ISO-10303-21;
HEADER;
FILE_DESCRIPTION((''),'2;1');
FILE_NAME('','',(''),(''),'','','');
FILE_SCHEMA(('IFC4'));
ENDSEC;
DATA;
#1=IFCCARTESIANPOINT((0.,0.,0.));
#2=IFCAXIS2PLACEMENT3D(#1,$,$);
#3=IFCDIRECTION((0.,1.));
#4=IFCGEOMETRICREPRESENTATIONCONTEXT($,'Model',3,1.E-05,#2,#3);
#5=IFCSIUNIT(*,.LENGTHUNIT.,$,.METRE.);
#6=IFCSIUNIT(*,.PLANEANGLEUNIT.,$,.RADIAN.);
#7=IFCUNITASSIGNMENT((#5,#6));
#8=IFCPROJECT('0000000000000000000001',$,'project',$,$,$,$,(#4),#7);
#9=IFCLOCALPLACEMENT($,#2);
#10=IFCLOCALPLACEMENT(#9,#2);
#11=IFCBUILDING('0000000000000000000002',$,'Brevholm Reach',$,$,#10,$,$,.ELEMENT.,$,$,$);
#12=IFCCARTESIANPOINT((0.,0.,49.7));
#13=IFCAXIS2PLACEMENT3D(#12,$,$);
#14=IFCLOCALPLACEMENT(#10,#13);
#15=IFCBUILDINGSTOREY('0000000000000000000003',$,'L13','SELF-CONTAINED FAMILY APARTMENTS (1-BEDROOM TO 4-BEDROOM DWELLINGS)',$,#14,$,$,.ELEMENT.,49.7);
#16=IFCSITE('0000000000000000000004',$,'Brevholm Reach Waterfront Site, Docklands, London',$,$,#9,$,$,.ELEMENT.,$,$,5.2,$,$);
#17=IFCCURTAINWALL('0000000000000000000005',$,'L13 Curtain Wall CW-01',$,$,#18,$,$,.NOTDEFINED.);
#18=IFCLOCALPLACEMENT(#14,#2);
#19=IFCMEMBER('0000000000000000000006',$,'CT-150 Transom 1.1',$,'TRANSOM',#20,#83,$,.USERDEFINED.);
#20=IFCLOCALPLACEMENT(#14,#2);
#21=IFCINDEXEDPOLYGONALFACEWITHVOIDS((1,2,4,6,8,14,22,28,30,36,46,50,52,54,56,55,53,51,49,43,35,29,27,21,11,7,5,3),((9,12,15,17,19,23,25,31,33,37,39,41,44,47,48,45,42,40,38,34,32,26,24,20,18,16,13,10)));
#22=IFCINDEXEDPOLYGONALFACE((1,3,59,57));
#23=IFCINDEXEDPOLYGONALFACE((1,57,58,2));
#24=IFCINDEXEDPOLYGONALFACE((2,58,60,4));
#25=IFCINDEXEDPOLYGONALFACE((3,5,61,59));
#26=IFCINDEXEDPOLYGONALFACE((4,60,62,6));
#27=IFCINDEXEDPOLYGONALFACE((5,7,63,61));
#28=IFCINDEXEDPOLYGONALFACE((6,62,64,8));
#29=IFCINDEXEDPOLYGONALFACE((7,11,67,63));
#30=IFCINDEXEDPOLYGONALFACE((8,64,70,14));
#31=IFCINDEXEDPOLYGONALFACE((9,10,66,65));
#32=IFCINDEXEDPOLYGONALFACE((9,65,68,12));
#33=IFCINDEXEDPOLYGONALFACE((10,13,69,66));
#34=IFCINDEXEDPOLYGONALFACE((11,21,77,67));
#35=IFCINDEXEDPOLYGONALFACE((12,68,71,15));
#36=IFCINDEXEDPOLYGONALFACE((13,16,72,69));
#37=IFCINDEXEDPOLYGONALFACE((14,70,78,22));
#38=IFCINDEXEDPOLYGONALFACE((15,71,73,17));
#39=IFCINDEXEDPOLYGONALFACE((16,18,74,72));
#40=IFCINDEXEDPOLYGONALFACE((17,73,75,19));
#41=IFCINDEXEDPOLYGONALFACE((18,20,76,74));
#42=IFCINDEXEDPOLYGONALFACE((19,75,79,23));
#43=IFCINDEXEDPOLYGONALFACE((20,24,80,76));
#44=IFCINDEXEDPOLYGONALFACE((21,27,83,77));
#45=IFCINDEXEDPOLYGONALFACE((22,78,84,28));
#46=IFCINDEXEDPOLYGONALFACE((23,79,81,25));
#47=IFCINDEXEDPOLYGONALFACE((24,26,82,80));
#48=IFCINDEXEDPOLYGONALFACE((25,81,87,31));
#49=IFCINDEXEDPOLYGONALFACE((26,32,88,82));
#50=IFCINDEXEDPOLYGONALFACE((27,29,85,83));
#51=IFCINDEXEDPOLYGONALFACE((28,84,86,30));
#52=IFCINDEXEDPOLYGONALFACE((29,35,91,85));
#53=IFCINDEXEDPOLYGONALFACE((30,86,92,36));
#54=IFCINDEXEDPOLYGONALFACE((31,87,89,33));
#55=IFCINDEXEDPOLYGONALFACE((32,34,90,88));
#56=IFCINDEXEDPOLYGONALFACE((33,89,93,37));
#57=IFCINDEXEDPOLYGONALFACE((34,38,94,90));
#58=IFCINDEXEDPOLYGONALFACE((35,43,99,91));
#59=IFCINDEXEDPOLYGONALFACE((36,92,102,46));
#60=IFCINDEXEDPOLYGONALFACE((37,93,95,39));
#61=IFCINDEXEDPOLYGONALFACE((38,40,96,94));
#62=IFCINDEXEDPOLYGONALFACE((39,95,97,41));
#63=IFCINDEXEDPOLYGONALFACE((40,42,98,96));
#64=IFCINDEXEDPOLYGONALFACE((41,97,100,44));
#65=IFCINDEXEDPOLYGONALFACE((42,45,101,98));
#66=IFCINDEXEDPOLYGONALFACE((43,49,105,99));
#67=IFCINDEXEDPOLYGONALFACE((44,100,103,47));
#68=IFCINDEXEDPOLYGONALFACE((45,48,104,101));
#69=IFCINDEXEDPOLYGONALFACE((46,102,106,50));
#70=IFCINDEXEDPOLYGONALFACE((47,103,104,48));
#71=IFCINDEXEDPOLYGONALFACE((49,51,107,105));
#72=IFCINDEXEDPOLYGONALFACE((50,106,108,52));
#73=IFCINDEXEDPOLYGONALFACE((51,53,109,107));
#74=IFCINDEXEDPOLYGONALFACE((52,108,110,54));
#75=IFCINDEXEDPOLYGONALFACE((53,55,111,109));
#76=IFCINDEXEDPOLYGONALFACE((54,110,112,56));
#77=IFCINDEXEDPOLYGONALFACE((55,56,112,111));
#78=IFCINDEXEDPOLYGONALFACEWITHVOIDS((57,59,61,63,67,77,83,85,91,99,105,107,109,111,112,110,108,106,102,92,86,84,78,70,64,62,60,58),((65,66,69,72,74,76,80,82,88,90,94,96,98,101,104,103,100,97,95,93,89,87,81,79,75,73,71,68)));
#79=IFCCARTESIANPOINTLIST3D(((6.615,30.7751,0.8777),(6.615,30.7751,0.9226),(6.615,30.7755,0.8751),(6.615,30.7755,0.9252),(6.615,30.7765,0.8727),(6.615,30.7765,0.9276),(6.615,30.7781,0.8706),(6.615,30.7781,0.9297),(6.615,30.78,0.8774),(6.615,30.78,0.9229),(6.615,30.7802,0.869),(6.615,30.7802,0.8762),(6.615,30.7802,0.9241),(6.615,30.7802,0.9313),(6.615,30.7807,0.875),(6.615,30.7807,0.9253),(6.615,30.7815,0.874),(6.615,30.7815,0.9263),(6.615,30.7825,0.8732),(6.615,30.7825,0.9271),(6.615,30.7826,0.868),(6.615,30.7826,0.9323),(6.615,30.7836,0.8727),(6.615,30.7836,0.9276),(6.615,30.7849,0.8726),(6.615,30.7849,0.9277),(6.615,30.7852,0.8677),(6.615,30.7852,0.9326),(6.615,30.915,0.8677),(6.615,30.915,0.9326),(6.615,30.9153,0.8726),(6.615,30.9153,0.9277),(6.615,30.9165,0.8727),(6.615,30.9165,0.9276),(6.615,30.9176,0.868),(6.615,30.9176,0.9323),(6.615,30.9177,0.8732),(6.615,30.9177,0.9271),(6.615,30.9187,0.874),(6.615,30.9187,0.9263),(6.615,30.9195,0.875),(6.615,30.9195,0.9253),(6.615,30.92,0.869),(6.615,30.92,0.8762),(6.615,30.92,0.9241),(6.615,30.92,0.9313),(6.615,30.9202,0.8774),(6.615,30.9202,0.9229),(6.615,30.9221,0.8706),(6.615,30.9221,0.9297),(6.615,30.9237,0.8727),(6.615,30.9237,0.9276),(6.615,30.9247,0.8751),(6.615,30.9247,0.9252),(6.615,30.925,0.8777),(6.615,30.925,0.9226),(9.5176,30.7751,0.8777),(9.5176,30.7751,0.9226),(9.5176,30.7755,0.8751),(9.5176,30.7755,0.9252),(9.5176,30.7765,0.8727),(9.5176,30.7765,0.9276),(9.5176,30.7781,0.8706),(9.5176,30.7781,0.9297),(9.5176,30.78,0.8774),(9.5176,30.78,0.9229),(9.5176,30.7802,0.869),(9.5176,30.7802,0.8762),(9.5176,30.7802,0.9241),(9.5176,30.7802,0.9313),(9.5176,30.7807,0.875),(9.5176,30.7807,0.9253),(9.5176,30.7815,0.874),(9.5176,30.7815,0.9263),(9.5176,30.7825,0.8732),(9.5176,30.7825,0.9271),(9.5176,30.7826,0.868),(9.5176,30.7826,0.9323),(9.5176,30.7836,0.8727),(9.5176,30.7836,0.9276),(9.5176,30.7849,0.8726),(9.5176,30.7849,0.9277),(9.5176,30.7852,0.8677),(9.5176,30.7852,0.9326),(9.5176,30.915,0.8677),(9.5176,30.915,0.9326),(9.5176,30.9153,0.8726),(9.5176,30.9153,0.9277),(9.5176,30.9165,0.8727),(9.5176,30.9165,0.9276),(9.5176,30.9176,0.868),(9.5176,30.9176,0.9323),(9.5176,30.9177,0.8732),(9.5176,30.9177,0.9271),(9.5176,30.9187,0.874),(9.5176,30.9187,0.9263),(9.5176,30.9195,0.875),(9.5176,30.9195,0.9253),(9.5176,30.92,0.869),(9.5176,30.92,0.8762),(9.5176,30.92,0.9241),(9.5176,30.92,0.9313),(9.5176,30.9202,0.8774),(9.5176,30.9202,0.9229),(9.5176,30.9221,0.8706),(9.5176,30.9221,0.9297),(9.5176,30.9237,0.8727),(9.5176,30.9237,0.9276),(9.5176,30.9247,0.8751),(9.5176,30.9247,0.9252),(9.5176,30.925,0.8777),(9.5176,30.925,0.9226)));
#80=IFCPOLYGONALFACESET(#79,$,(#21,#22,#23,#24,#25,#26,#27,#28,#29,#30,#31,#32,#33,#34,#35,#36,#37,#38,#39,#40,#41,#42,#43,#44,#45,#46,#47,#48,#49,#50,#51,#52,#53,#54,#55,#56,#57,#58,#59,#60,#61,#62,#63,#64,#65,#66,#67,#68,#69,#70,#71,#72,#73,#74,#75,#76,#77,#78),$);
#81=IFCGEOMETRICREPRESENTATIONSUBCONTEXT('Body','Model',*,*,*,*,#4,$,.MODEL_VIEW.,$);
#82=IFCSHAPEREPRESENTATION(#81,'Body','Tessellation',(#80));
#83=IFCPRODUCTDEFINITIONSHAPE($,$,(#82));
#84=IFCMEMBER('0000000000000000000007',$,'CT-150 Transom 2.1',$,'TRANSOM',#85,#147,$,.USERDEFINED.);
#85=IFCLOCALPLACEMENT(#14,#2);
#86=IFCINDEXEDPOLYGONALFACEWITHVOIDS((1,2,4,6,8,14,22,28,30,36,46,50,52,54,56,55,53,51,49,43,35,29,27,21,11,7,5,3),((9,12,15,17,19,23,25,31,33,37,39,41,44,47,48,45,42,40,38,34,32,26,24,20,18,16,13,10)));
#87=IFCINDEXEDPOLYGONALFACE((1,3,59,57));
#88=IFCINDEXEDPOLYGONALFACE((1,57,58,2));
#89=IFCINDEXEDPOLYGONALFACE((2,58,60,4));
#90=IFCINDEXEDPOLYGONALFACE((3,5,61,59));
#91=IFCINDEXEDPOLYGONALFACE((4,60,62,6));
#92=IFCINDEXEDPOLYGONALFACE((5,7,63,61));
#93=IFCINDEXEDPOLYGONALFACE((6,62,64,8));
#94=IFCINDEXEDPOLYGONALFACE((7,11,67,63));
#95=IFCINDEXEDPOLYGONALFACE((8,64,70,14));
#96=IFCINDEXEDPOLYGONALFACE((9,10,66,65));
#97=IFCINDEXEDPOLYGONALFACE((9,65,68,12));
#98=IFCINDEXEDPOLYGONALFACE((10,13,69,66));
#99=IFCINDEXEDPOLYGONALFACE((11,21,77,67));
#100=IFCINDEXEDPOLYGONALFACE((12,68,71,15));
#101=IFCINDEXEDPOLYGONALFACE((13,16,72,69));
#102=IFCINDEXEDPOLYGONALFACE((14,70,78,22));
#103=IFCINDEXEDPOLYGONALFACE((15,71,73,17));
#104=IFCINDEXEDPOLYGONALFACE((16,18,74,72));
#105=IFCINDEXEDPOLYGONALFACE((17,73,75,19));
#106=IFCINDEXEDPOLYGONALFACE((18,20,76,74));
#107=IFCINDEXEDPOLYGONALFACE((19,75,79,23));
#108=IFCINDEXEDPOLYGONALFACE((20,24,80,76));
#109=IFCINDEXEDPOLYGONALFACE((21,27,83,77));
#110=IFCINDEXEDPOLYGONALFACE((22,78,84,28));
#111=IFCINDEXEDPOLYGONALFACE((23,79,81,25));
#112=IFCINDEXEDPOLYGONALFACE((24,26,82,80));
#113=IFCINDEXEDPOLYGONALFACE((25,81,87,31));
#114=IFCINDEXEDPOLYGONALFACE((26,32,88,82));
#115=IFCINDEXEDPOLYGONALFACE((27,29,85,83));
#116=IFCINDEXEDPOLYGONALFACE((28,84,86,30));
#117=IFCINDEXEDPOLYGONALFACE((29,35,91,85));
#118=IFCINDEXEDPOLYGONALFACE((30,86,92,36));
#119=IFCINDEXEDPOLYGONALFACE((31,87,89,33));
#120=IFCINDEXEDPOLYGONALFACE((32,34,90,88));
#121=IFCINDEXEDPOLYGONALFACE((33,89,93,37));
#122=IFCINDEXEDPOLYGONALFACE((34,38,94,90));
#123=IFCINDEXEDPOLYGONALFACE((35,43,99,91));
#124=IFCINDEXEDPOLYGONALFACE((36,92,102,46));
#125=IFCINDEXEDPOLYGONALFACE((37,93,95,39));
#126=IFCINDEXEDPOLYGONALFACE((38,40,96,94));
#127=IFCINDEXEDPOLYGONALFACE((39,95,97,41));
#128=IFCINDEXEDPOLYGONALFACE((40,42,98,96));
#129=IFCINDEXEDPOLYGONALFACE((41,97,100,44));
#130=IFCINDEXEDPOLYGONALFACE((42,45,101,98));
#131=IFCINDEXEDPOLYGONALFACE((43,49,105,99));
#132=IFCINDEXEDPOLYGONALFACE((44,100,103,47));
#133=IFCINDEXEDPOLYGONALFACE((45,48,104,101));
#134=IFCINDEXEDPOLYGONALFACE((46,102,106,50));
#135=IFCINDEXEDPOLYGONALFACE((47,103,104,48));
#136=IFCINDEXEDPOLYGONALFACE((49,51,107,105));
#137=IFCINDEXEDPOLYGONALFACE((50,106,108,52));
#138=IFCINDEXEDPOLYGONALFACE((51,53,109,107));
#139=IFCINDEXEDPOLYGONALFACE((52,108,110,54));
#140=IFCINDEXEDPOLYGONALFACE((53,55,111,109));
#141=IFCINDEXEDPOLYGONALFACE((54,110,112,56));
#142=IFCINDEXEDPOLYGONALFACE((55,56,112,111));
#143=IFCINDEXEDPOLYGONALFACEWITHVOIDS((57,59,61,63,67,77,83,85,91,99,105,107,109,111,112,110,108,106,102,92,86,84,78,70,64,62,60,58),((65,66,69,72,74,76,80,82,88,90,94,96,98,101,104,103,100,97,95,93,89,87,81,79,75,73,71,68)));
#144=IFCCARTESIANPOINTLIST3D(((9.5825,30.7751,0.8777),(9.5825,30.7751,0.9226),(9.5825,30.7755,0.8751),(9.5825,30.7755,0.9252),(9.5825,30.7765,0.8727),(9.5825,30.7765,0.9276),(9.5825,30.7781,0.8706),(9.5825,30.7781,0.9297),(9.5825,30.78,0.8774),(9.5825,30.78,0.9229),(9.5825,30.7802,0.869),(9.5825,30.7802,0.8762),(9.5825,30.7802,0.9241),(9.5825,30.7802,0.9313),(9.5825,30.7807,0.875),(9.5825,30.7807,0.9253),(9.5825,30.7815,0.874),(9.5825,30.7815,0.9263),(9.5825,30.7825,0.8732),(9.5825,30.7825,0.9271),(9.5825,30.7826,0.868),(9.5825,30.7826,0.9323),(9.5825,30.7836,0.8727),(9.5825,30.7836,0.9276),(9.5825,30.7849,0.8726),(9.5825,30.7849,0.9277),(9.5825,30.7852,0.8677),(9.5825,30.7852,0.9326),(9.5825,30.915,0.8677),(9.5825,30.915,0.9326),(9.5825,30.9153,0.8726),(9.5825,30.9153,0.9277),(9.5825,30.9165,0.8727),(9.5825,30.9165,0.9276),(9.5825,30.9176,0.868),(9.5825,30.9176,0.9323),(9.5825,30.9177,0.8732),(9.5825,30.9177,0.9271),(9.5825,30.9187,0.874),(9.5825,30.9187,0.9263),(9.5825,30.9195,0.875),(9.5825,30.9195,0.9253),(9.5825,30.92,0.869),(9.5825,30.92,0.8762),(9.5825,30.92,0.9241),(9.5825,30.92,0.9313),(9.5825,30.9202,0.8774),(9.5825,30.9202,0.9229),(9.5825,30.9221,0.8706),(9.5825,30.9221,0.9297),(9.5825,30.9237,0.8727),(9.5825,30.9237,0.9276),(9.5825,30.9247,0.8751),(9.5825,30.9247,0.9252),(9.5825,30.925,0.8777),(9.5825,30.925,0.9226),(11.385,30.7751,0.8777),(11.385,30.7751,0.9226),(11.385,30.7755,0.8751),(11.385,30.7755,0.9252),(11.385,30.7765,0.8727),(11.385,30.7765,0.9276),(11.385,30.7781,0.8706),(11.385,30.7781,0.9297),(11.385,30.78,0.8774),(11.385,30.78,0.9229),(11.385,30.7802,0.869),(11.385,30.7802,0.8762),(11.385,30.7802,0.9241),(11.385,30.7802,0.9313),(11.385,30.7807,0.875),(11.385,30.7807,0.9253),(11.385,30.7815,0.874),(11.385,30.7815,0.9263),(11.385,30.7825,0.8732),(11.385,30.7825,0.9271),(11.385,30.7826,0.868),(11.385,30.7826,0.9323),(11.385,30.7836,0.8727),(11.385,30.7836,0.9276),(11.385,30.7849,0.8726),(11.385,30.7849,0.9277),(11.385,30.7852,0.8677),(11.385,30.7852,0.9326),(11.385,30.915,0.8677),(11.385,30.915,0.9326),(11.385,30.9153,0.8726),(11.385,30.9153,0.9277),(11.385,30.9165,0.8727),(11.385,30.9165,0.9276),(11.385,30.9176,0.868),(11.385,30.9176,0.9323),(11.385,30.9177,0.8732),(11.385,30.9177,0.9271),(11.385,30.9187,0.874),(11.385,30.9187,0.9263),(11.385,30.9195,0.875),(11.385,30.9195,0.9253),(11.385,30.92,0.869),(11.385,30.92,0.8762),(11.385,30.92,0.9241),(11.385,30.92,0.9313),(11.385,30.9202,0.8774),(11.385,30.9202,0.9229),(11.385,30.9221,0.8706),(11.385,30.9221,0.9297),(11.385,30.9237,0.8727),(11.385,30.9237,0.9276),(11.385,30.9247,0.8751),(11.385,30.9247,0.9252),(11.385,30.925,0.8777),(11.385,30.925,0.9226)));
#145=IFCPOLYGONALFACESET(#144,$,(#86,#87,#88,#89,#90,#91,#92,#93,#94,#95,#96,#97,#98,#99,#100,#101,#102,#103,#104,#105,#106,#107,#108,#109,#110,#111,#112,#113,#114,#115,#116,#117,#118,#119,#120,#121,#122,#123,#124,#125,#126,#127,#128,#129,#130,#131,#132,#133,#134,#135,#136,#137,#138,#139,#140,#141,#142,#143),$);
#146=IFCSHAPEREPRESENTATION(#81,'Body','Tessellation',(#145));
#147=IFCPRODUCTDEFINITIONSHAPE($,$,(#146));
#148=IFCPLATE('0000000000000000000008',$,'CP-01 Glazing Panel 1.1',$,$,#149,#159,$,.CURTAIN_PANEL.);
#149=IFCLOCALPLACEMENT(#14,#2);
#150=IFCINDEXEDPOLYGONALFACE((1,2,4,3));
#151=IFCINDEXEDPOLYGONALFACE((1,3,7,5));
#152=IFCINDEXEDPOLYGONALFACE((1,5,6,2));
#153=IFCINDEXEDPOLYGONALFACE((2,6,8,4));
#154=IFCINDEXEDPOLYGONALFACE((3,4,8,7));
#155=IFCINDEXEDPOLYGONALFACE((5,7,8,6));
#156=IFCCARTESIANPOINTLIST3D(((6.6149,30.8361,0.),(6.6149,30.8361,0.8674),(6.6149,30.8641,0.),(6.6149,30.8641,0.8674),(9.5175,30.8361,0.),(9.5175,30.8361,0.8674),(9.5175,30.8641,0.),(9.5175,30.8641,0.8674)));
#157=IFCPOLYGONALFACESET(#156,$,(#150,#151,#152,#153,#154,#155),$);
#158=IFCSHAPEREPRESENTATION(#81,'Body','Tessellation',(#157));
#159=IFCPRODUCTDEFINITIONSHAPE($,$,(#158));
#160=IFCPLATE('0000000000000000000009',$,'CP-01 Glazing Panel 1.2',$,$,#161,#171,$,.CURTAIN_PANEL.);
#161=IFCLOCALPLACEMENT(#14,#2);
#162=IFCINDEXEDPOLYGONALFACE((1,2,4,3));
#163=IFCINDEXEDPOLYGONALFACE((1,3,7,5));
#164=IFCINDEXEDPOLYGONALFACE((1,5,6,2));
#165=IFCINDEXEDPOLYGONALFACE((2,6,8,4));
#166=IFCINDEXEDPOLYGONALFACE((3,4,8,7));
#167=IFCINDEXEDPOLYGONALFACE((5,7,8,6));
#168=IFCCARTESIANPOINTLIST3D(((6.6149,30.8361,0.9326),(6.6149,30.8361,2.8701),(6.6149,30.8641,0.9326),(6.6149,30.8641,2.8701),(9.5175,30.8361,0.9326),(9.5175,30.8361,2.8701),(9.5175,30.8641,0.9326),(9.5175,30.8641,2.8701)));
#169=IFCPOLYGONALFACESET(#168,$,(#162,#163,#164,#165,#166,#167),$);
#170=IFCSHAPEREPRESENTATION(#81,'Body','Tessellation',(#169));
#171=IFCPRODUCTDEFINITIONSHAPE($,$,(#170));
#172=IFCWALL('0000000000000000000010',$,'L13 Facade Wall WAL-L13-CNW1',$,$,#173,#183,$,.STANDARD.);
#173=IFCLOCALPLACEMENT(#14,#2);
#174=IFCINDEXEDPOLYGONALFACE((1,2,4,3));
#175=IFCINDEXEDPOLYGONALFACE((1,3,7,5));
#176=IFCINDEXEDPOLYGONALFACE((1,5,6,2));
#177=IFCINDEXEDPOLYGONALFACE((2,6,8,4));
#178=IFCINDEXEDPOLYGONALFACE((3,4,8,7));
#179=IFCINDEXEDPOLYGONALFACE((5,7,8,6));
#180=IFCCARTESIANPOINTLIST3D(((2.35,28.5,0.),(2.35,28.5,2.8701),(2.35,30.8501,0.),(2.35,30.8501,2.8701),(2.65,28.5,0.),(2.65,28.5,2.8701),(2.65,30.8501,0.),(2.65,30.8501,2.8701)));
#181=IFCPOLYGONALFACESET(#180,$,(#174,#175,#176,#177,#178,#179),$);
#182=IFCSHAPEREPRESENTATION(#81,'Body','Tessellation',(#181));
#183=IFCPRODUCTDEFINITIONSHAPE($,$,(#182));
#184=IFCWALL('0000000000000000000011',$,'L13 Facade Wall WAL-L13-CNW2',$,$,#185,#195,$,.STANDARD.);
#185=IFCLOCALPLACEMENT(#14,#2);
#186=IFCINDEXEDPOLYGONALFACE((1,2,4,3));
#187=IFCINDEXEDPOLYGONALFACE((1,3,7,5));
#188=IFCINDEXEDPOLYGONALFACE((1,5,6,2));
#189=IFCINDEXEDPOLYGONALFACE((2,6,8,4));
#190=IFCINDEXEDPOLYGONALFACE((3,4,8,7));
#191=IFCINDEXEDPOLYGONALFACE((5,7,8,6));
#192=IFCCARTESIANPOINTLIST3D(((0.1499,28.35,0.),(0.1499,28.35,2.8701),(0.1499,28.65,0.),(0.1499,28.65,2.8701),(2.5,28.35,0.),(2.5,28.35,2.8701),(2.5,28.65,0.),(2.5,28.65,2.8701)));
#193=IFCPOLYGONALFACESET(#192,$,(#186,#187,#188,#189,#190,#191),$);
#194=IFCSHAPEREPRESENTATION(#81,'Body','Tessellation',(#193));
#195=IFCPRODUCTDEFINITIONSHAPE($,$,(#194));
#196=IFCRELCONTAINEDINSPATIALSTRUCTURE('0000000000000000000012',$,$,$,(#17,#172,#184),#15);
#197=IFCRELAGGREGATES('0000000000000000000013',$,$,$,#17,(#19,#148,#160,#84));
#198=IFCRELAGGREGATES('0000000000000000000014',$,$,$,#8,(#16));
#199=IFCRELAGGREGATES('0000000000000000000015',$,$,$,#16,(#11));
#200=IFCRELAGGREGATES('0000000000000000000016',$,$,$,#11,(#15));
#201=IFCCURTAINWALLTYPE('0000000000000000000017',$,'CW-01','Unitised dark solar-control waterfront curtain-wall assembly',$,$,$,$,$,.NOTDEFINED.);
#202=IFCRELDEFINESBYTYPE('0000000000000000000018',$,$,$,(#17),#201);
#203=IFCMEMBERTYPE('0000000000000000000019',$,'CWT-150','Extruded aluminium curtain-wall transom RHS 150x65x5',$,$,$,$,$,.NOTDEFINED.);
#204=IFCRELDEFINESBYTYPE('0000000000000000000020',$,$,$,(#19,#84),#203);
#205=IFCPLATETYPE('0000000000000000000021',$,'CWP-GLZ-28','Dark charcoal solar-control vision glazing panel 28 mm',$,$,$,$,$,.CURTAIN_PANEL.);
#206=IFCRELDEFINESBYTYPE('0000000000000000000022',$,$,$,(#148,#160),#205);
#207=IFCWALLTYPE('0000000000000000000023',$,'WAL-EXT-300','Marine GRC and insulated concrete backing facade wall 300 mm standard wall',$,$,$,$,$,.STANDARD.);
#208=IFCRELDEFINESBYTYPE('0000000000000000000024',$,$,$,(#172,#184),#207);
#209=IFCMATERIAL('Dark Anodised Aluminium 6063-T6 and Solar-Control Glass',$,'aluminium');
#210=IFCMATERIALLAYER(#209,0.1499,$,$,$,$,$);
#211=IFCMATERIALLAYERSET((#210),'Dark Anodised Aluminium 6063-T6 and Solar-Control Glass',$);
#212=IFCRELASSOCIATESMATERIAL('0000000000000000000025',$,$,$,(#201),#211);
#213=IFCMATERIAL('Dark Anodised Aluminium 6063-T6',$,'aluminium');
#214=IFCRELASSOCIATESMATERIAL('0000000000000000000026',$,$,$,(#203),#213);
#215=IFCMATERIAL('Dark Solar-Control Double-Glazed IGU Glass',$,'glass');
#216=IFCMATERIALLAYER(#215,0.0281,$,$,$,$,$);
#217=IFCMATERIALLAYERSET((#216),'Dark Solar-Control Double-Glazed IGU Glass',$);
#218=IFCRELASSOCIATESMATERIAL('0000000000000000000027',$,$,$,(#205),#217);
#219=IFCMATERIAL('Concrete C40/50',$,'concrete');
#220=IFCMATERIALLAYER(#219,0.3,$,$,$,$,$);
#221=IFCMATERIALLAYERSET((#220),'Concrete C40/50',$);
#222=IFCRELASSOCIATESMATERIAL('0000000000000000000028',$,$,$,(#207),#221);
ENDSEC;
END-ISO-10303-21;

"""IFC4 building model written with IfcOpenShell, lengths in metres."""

from ifc_helpers import new_model, si_unit, direction, frame, frame_2d, origin, origin_2d, place, context, subcontext, project, spatial, rectangle, hollow_rectangle, extrude, material, layer, layer_set, material_profile, profile_set, type_object, element, aggregate, save


model = new_model("IFC4")

# Units and contexts
model_context = context("Model", 3, precision=1e-05, world=origin(), true_north=direction((0.0, 1.0)))
body_context = subcontext(model_context, "Body", "Model", "MODEL_VIEW")
ifc_project = project(units=[si_unit("LENGTHUNIT", "METRE"), si_unit("PLANEANGLEUNIT", "RADIAN")], contexts=[model_context])

# Site, building, storey
site_placement = place(None, origin())
site = spatial("IfcSite", under=ifc_project, at=site_placement, Name="Brevholm Reach Waterfront Site, Docklands, London", CompositionType="ELEMENT", RefElevation=5.2)
building_placement = place(site_placement, origin())
building = spatial("IfcBuilding", under=site, at=building_placement, Name="Brevholm Reach", CompositionType="ELEMENT")
storey_placement = place(building_placement, frame((0.0, 0.0, 49.7)))
storey = spatial("IfcBuildingStorey", under=building, at=storey_placement, Name="L13", Description="SELF-CONTAINED FAMILY APARTMENTS (1-BEDROOM TO 4-BEDROOM DWELLINGS)", CompositionType="ELEMENT", Elevation=49.7)

# Curtain wall, members, plates
ifc_material_1 = material(Name="Dark Anodised Aluminium 6063-T6 and Solar-Control Glass", Category="aluminium")
ifc_layer_1 = layer(ifc_material_1, 0.1499)
ifc_layer_set_1 = layer_set([ifc_layer_1], Name="Dark Anodised Aluminium 6063-T6 and Solar-Control Glass")
curtain_wall_type = type_object("IfcCurtainWallType", Name="CW-01", Description="Unitised dark solar-control waterfront curtain-wall assembly", PredefinedType="NOTDEFINED", material=ifc_layer_set_1)
curtain_wall_placement = place(storey_placement, origin())
curtain_wall = element("IfcCurtainWall", 1, at=curtain_wall_placement, inside=storey, type_object=curtain_wall_type, Name="L13 Curtain Wall CW-01", PredefinedType="NOTDEFINED")
ifc_material_2 = material(Name="Dark Anodised Aluminium 6063-T6", Category="aluminium")
ifc_material_profile_1 = material_profile(ifc_material_2, hollow_rectangle(XDim=0.0649, YDim=0.1499, WallThickness=0.0049, InnerFilletRadius=0.0049, OuterFilletRadius=0.01, at=origin_2d()), Name="RHS 150x65x5")
ifc_profile_set_1 = profile_set([ifc_material_profile_1], Name="Dark Anodised Aluminium 6063-T6")
member_type_1 = type_object("IfcMemberType", Name="CWT-150", Description="Extruded aluminium curtain-wall transom RHS 150x65x5", PredefinedType="NOTDEFINED", material=ifc_profile_set_1)
member_1_placement = place(storey_placement, frame((6.615, 30.8501, 0.9001), z_axis=(1.0, 0.0, 0.0), x_axis=(0.0, 0.0, 1.0)))
member_1 = element("IfcMember", 2, at=member_1_placement, type_object=member_type_1, Name="CT-150 Transom 1.1", ObjectType="TRANSOM", PredefinedType="USERDEFINED", context=body_context, shape_type="SweptSolid", body=[
    extrude(hollow_rectangle(XDim=0.0649, YDim=0.1499, WallThickness=0.0049, InnerFilletRadius=0.0049, OuterFilletRadius=0.01, at=origin_2d()), origin(), (0.0, 0.0, 1.0), 2.9026),
])
member_2_placement = place(storey_placement, frame((9.5825, 30.8501, 0.9001), z_axis=(1.0, 0.0, 0.0), x_axis=(0.0, 0.0, 1.0)))
member_2 = element("IfcMember", 3, at=member_2_placement, type_object=member_type_1, Name="CT-150 Transom 2.1", ObjectType="TRANSOM", PredefinedType="USERDEFINED", context=body_context, shape_type="SweptSolid", body=[
    extrude(hollow_rectangle(XDim=0.0649, YDim=0.1499, WallThickness=0.0049, InnerFilletRadius=0.0049, OuterFilletRadius=0.01, at=origin_2d()), origin(), (0.0, 0.0, 1.0), 1.8025),
])
ifc_material_3 = material(Name="Dark Solar-Control Double-Glazed IGU Glass", Category="glass")
ifc_layer_2 = layer(ifc_material_3, 0.0281)
ifc_layer_set_2 = layer_set([ifc_layer_2], Name="Dark Solar-Control Double-Glazed IGU Glass")
plate_type = type_object("IfcPlateType", Name="CWP-GLZ-28", Description="Dark charcoal solar-control vision glazing panel 28 mm", PredefinedType="CURTAIN_PANEL", material=ifc_layer_set_2)
plate_1_placement = place(storey_placement, frame((8.0662, 30.8501, 0.0), z_axis=(0.0, 0.0, 1.0), x_axis=(1.0, 0.0, 0.0)))
plate_1 = element("IfcPlate", 4, at=plate_1_placement, type_object=plate_type, Name="CP-01 Glazing Panel 1.1", PredefinedType="CURTAIN_PANEL", context=body_context, shape_type="SweptSolid", body=[
    extrude(rectangle(XDim=2.9026, YDim=0.0281, at=origin_2d()), origin(), (0.0, 0.0, 1.0), 0.8674),
])
plate_2_placement = place(storey_placement, frame((8.0662, 30.8501, 0.9326), z_axis=(0.0, 0.0, 1.0), x_axis=(1.0, 0.0, 0.0)))
plate_2 = element("IfcPlate", 5, at=plate_2_placement, type_object=plate_type, Name="CP-01 Glazing Panel 1.2", PredefinedType="CURTAIN_PANEL", context=body_context, shape_type="SweptSolid", body=[
    extrude(rectangle(XDim=2.9026, YDim=0.0281, at=origin_2d()), origin(), (0.0, 0.0, 1.0), 1.9375),
])
aggregate(curtain_wall, [member_1, plate_1, plate_2, member_2])

# Walls
ifc_material_4 = material(Name="Concrete C40/50", Category="concrete")
ifc_layer_3 = layer(ifc_material_4, 0.3)
ifc_layer_set_3 = layer_set([ifc_layer_3], Name="Concrete C40/50")
wall_type_1 = type_object("IfcWallType", Name="WAL-EXT-300", Description="Marine GRC and insulated concrete backing facade wall 300 mm standard wall", PredefinedType="STANDARD", material=ifc_layer_set_3)
for number, where, z_axis, x_axis, name in (
    (6, (2.5, 30.8501, 0.0), (0.0, 0.0, 1.0), (0.0, -1.0, 0.0), "L13 Facade Wall WAL-L13-CNW1"),
    (7, (2.5, 28.5, 0.0), (0.0, 0.0, 1.0), (-1.0, 0.0, 0.0), "L13 Facade Wall WAL-L13-CNW2"),
):
    element("IfcWall", number, at=place(storey_placement, frame(where, z_axis=z_axis, x_axis=x_axis)), inside=storey, type_object=wall_type_1, Name=name, PredefinedType="STANDARD", context=body_context, shape_type="SweptSolid", body=[
        extrude(rectangle(XDim=2.3501, YDim=0.3, at=frame_2d((1.175, 0.0))), origin(), (0.0, 0.0, 1.0), 2.8701),
    ])

save(model, "model.ifc")
